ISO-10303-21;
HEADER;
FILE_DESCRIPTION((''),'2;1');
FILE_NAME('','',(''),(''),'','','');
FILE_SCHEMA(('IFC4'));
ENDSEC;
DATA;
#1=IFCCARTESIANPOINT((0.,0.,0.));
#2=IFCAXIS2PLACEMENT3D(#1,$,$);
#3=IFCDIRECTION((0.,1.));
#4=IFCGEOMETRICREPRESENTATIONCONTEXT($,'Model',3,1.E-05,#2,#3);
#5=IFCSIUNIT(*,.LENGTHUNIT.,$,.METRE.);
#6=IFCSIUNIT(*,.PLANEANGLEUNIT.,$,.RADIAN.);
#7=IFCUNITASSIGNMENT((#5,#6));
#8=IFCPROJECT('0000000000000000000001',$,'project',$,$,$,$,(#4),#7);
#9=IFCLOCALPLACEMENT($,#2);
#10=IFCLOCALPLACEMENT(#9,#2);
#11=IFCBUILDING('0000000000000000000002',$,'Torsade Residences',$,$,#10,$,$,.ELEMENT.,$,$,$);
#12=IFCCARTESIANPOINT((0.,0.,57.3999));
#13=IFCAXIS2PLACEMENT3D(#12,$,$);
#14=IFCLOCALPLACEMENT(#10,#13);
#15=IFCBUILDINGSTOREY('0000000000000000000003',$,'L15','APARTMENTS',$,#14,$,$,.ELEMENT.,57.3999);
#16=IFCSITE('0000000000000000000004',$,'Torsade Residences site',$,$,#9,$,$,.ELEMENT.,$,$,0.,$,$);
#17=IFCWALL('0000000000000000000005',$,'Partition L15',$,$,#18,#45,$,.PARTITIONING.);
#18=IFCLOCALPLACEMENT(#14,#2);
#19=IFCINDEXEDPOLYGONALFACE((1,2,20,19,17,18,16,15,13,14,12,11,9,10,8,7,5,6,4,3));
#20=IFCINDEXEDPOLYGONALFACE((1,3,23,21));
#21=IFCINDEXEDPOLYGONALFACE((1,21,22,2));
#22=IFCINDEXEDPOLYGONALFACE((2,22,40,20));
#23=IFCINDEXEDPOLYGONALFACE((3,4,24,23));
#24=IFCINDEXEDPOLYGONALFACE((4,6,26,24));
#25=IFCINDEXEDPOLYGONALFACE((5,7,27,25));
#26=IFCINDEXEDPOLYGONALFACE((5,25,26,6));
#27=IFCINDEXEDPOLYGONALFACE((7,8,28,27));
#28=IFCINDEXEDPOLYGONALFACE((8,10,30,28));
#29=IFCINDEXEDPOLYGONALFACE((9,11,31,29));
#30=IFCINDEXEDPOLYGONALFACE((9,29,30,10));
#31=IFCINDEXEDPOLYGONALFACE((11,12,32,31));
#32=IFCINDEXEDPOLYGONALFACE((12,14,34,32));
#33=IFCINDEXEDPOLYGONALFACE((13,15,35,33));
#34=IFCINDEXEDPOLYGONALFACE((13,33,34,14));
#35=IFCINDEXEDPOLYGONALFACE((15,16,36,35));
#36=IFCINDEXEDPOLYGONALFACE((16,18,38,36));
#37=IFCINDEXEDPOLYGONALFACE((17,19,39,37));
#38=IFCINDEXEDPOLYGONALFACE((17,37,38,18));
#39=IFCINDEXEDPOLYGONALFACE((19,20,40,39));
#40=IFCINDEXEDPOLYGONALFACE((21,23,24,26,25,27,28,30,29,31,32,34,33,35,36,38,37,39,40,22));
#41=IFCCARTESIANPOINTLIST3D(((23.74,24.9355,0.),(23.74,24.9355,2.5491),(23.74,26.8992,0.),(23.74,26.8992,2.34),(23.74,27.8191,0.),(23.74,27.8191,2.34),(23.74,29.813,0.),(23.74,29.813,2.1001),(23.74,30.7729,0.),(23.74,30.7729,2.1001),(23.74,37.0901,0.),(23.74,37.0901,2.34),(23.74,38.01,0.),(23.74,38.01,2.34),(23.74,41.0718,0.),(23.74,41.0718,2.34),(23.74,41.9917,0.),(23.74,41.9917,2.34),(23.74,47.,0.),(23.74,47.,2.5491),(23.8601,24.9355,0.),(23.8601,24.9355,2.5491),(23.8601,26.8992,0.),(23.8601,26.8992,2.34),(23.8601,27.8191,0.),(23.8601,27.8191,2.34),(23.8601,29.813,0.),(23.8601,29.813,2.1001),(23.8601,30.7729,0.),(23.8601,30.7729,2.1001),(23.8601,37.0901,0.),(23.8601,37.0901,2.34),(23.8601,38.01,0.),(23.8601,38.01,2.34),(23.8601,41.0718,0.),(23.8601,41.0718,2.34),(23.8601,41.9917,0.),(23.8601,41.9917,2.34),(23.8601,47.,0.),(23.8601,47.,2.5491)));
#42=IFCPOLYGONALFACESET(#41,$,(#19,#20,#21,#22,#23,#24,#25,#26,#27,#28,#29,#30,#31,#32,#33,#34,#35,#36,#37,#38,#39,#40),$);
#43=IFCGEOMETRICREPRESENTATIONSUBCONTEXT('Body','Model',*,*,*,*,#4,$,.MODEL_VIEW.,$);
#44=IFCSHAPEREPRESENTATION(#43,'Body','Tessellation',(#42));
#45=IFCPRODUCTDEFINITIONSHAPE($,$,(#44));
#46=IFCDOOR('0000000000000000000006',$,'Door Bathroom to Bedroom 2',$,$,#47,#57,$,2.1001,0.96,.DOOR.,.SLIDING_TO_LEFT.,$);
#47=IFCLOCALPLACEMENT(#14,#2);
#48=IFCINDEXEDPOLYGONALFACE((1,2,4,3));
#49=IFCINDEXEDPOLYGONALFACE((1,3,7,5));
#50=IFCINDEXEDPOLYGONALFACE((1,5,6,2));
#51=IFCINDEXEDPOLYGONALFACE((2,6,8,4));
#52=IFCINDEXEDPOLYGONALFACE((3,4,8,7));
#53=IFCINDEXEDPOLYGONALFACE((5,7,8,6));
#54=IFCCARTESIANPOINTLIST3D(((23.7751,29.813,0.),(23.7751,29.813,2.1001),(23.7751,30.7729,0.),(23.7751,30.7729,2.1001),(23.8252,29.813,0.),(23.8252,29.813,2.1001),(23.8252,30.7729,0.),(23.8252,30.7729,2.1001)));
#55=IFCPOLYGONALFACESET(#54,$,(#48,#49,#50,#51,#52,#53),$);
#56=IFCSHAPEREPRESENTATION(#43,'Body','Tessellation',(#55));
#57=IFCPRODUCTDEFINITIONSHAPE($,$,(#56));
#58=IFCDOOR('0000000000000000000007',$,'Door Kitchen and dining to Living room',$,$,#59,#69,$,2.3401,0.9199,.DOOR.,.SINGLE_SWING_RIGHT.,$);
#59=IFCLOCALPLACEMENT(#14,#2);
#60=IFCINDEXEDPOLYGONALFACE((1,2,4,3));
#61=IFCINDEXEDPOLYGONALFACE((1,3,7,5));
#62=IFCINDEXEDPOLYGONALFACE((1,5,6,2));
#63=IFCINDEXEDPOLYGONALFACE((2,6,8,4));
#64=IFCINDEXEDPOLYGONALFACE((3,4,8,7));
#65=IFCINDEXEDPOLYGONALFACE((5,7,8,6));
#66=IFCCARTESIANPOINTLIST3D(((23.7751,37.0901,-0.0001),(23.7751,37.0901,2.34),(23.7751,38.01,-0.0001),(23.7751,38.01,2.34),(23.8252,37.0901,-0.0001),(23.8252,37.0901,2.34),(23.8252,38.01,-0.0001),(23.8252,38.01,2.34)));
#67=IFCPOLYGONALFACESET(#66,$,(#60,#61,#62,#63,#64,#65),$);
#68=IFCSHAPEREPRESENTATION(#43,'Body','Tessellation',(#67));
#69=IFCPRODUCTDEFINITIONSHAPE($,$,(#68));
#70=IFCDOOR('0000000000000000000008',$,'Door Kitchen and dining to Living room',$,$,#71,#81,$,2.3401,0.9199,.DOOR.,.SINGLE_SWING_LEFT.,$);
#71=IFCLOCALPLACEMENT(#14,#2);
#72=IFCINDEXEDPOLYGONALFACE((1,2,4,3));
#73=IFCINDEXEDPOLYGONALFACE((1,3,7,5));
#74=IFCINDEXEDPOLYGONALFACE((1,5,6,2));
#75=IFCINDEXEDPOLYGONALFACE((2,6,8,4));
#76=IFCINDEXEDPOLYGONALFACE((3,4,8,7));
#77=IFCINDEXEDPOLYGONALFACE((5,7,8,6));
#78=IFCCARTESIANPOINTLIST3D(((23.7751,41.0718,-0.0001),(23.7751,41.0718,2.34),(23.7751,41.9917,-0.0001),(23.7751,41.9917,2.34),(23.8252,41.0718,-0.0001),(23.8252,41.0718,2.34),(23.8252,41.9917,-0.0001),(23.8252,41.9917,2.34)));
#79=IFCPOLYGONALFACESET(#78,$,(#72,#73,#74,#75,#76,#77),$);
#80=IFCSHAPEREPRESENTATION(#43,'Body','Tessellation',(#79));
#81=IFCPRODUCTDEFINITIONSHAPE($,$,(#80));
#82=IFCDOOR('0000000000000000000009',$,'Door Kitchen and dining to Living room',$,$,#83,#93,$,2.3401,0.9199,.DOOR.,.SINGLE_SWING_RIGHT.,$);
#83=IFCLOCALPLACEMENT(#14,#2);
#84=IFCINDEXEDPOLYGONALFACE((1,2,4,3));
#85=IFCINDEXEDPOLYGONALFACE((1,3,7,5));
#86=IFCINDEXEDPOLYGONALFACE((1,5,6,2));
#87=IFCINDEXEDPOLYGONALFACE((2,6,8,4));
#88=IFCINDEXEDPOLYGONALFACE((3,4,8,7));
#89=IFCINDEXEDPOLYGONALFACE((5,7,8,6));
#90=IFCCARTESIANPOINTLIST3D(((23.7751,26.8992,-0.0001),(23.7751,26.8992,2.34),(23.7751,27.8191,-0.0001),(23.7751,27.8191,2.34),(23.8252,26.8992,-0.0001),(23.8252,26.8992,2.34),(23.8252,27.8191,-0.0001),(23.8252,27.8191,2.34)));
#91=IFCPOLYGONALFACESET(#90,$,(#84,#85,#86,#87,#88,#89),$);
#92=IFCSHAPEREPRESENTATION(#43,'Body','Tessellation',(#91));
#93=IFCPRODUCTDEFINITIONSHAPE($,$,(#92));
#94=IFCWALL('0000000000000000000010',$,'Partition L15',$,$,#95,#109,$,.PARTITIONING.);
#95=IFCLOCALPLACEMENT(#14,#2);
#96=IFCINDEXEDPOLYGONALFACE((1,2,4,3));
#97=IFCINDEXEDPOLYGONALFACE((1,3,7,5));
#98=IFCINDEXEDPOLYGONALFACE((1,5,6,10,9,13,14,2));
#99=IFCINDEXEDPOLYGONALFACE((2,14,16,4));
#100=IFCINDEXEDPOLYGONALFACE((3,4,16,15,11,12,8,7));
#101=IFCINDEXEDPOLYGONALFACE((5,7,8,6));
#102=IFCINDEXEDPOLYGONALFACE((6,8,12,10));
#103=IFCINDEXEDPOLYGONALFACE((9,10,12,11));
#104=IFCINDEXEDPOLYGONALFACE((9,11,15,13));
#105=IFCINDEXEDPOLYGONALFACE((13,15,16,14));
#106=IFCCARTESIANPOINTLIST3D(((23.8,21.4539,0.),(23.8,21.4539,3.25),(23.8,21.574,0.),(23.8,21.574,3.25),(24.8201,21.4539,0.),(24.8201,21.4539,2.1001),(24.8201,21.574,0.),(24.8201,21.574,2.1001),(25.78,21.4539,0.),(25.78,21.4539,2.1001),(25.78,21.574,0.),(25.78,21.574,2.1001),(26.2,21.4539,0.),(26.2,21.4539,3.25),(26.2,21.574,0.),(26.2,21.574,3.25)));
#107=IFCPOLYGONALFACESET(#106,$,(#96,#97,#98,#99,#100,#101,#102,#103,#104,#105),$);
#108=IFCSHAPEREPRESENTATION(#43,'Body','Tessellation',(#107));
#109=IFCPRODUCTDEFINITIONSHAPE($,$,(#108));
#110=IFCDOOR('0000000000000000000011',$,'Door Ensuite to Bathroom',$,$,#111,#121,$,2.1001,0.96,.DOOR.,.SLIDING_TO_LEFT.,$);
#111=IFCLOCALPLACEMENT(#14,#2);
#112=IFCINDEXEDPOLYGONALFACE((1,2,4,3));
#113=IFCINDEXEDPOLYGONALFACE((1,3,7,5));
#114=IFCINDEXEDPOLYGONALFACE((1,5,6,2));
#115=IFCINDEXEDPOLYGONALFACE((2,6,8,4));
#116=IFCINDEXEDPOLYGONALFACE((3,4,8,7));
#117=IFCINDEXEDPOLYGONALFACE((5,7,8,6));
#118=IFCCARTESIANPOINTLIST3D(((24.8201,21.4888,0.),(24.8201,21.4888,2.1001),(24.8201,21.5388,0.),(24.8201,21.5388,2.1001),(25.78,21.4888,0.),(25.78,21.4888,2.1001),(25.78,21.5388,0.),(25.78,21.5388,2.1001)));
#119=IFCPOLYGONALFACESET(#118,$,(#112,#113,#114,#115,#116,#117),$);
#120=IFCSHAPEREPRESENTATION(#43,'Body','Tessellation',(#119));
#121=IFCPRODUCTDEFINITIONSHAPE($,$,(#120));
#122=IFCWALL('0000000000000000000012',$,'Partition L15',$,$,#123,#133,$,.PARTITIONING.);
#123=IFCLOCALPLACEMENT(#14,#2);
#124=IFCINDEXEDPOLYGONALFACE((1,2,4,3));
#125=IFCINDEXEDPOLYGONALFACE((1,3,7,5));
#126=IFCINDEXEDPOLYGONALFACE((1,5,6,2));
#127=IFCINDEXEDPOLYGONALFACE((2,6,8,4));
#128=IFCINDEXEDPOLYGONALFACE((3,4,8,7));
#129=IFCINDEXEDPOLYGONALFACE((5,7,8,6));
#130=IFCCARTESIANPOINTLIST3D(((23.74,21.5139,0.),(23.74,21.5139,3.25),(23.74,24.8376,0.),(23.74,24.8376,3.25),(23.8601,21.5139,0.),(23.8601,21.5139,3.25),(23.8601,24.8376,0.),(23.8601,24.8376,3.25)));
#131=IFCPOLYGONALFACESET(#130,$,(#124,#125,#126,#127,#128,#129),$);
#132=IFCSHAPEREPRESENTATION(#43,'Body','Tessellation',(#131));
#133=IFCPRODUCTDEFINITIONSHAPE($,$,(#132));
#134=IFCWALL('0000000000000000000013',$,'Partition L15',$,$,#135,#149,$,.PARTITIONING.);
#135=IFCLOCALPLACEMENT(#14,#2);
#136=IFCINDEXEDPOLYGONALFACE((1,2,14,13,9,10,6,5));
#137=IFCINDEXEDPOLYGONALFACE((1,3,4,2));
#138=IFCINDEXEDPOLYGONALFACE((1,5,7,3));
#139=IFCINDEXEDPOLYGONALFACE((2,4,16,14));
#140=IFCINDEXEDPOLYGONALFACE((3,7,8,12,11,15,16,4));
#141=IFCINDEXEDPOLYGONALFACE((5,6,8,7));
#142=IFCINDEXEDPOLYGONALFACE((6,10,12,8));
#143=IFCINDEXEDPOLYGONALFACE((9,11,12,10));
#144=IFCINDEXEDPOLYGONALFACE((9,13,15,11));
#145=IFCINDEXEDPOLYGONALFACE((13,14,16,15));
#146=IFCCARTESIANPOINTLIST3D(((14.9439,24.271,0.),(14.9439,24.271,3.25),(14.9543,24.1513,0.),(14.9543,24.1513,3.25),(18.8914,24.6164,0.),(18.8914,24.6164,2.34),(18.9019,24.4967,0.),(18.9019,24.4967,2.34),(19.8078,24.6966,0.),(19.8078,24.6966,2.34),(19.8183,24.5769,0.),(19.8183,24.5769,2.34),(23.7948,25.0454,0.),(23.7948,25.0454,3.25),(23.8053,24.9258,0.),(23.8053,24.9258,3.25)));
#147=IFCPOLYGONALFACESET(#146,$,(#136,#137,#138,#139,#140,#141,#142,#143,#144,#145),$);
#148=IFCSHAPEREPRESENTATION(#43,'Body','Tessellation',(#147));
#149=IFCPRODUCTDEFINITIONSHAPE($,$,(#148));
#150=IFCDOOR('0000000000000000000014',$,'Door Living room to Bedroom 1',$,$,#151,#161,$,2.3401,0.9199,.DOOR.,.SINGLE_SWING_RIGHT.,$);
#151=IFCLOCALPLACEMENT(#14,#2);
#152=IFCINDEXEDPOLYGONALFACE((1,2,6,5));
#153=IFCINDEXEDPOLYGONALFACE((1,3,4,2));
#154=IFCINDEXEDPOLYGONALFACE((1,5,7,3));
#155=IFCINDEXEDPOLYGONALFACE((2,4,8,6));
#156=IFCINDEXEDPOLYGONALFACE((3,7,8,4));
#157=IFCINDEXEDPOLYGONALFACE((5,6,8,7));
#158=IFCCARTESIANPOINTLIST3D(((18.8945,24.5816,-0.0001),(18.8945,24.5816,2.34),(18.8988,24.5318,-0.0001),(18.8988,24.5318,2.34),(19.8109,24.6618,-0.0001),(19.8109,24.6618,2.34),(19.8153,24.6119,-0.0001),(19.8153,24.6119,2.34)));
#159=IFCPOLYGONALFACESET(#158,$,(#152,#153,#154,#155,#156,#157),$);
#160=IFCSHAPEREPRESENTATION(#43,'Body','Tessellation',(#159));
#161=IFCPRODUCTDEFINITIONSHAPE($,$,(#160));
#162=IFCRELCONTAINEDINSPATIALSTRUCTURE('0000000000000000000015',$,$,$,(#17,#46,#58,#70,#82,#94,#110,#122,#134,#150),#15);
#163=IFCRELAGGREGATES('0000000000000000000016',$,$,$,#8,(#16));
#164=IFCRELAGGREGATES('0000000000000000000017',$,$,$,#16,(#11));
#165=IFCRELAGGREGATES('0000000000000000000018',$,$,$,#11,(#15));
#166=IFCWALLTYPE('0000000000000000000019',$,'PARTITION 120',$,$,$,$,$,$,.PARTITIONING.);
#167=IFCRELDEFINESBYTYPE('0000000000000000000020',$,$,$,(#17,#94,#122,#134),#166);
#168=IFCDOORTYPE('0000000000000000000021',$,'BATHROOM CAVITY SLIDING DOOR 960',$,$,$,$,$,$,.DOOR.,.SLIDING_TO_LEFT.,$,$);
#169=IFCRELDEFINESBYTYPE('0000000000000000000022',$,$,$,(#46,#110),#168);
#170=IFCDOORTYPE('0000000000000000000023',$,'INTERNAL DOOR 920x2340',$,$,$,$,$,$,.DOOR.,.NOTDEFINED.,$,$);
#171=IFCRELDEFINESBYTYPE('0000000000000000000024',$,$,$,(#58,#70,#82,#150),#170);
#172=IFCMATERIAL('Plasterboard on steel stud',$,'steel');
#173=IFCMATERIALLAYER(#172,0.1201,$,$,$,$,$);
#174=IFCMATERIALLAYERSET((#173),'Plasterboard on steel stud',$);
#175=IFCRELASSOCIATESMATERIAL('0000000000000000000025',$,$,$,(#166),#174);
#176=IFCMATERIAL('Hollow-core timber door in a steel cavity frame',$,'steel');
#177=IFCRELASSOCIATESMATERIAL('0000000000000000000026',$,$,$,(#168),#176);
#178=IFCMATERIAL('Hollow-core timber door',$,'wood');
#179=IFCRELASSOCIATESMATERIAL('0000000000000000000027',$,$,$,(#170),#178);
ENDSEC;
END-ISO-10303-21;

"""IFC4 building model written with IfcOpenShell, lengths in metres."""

from ifc_helpers import new_model, si_unit, direction, frame, frame_2d, origin, place, context, subcontext, project, spatial, rectangle, extrude, material, layer, layer_set, type_object, element, fill, save


model = new_model("IFC4")

# Units and contexts
model_context = context("Model", 3, precision=1e-05, world=origin(), true_north=direction((0.0, 1.0)))
body_context = subcontext(model_context, "Body", "Model", "MODEL_VIEW")
ifc_project = project(units=[si_unit("LENGTHUNIT", "METRE"), si_unit("PLANEANGLEUNIT", "RADIAN")], contexts=[model_context])

# Site, building, storey
site_placement = place(None, origin())
site = spatial("IfcSite", under=ifc_project, at=site_placement, Name="Torsade Residences site", CompositionType="ELEMENT", RefElevation=0.0)
building_placement = place(site_placement, origin())
building = spatial("IfcBuilding", under=site, at=building_placement, Name="Torsade Residences", CompositionType="ELEMENT")
storey_placement = place(building_placement, frame((0.0, 0.0, 57.3999)))
storey = spatial("IfcBuildingStorey", under=building, at=storey_placement, Name="L15", Description="APARTMENTS", CompositionType="ELEMENT", Elevation=57.3999)

# Shared definitions
ifc_material_1 = material(Name="Plasterboard on steel stud", Category="steel")
ifc_layer_1 = layer(ifc_material_1, 0.1201)
ifc_layer_set_1 = layer_set([ifc_layer_1], Name="Plasterboard on steel stud")
wall_type_1 = type_object("IfcWallType", Name="PARTITION 120", PredefinedType="PARTITIONING", material=ifc_layer_set_1)
ifc_material_2 = material(Name="Hollow-core timber door in a steel cavity frame", Category="steel")
door_type_1 = type_object("IfcDoorType", Name="BATHROOM CAVITY SLIDING DOOR 960", OperationType="SLIDING_TO_LEFT", PredefinedType="DOOR", material=ifc_material_2)

# Wall, openings, doors
wall_1_placement = place(storey_placement, frame((23.8, 24.9355, 0.0), z_axis=(0.0, 0.0, 1.0), x_axis=(0.0, 1.0, 0.0)))
wall_1 = element("IfcWall", 1, at=wall_1_placement, inside=storey, type_object=wall_type_1, Name="Partition L15", PredefinedType="PARTITIONING", context=body_context, shape_type="SweptSolid", body=[
    extrude(rectangle(XDim=22.0645, YDim=0.1201, at=frame_2d((11.0322, 0.0))), origin(), (0.0, 0.0, 1.0), 2.5491),
])
opening_1_placement = place(wall_1_placement, frame((12.1545, 0.0, 0.0)))
opening_1 = element("IfcOpeningElement", 2, at=opening_1_placement, cuts=wall_1, PredefinedType="OPENING", context=body_context, shape_type="SweptSolid", body=[
    extrude(rectangle(XDim=0.9199, YDim=2.3401, at=frame_2d((0.46, 1.1699))), frame((0.0, 0.0701, 0.0), z_axis=(0.0, -1.0, 0.0), x_axis=(1.0, 0.0, 0.0)), (0.0, 0.0, 1.0), 0.1401),
])
opening_2_placement = place(wall_1_placement, frame((16.1362, 0.0, 0.0)))
opening_2 = element("IfcOpeningElement", 3, at=opening_2_placement, cuts=wall_1, PredefinedType="OPENING", context=body_context, shape_type="SweptSolid", body=[
    extrude(rectangle(XDim=0.9199, YDim=2.3401, at=frame_2d((0.46, 1.1699))), frame((0.0, 0.0701, 0.0), z_axis=(0.0, -1.0, 0.0), x_axis=(1.0, 0.0, 0.0)), (0.0, 0.0, 1.0), 0.1401),
])
opening_3_placement = place(wall_1_placement, frame((1.9636, 0.0, 0.0)))
opening_3 = element("IfcOpeningElement", 4, at=opening_3_placement, cuts=wall_1, PredefinedType="OPENING", context=body_context, shape_type="SweptSolid", body=[
    extrude(rectangle(XDim=0.9199, YDim=2.3401, at=frame_2d((0.46, 1.1699))), frame((0.0, 0.0701, 0.0), z_axis=(0.0, -1.0, 0.0), x_axis=(1.0, 0.0, 0.0)), (0.0, 0.0, 1.0), 0.1401),
])
opening_4_placement = place(wall_1_placement, frame((4.8774, 0.0, 0.0)))
opening_4 = element("IfcOpeningElement", 5, at=opening_4_placement, cuts=wall_1, PredefinedType="OPENING", context=body_context, shape_type="SweptSolid", body=[
    extrude(rectangle(XDim=0.96, YDim=2.1001, at=frame_2d((0.48, 1.05))), frame((0.0, 0.0701, 0.0), z_axis=(0.0, -1.0, 0.0), x_axis=(1.0, 0.0, 0.0)), (0.0, 0.0, 1.0), 0.1401),
])
door_1_placement = place(opening_4_placement, origin())
door_1 = element("IfcDoor", 6, at=door_1_placement, inside=storey, type_object=door_type_1, Name="Door Bathroom to Bedroom 2", OperationType="SLIDING_TO_LEFT", OverallHeight=2.1001, OverallWidth=0.96, PredefinedType="DOOR", context=body_context, shape_type="SweptSolid", body=[
    extrude(rectangle(XDim=0.96, YDim=2.1001, at=frame_2d((0.48, 1.05))), frame((0.0, 0.0249, 0.0), z_axis=(0.0, -1.0, 0.0), x_axis=(1.0, 0.0, 0.0)), (0.0, 0.0, 1.0), 0.05),
])
fill(opening_4, door_1)
ifc_material_3 = material(Name="Hollow-core timber door", Category="wood")
door_type_2 = type_object("IfcDoorType", Name="INTERNAL DOOR 920x2340", OperationType="NOTDEFINED", PredefinedType="DOOR", material=ifc_material_3)
door_2_placement = place(opening_1_placement, origin())
door_2 = element("IfcDoor", 7, at=door_2_placement, inside=storey, type_object=door_type_2, Name="Door Kitchen and dining to Living room", OperationType="SINGLE_SWING_RIGHT", OverallHeight=2.3401, OverallWidth=0.9199, PredefinedType="DOOR", context=body_context, shape_type="SweptSolid", body=[
    extrude(rectangle(XDim=0.9199, YDim=2.3401, at=frame_2d((0.46, 1.1699))), frame((0.0, 0.0249, 0.0), z_axis=(0.0, -1.0, 0.0), x_axis=(1.0, 0.0, 0.0)), (0.0, 0.0, 1.0), 0.05),
])
fill(opening_1, door_2)
door_3_placement = place(opening_2_placement, origin())
door_3 = element("IfcDoor", 8, at=door_3_placement, inside=storey, type_object=door_type_2, Name="Door Kitchen and dining to Living room", OperationType="SINGLE_SWING_LEFT", OverallHeight=2.3401, OverallWidth=0.9199, PredefinedType="DOOR", context=body_context, shape_type="SweptSolid", body=[
    extrude(rectangle(XDim=0.9199, YDim=2.3401, at=frame_2d((0.46, 1.1699))), frame((0.0, 0.0249, 0.0), z_axis=(0.0, -1.0, 0.0), x_axis=(1.0, 0.0, 0.0)), (0.0, 0.0, 1.0), 0.05),
])
fill(opening_2, door_3)
door_4_placement = place(opening_3_placement, origin())
door_4 = element("IfcDoor", 9, at=door_4_placement, inside=storey, type_object=door_type_2, Name="Door Kitchen and dining to Living room", OperationType="SINGLE_SWING_RIGHT", OverallHeight=2.3401, OverallWidth=0.9199, PredefinedType="DOOR", context=body_context, shape_type="SweptSolid", body=[
    extrude(rectangle(XDim=0.9199, YDim=2.3401, at=frame_2d((0.46, 1.1699))), frame((0.0, 0.0249, 0.0), z_axis=(0.0, -1.0, 0.0), x_axis=(1.0, 0.0, 0.0)), (0.0, 0.0, 1.0), 0.05),
])
fill(opening_3, door_4)

# Wall, opening, door
wall_2_placement = place(storey_placement, frame((23.8, 21.5139, 0.0), z_axis=(0.0, 0.0, 1.0), x_axis=(1.0, 0.0, 0.0)))
wall_2 = element("IfcWall", 10, at=wall_2_placement, inside=storey, type_object=wall_type_1, Name="Partition L15", PredefinedType="PARTITIONING", context=body_context, shape_type="SweptSolid", body=[
    extrude(rectangle(XDim=2.3999, YDim=0.1201, at=frame_2d((1.2, 0.0))), origin(), (0.0, 0.0, 1.0), 3.25),
])
opening_5_placement = place(wall_2_placement, frame((1.02, 0.0, 0.0)))
opening_5 = element("IfcOpeningElement", 11, at=opening_5_placement, cuts=wall_2, PredefinedType="OPENING", context=body_context, shape_type="SweptSolid", body=[
    extrude(rectangle(XDim=0.96, YDim=2.1001, at=frame_2d((0.48, 1.05))), frame((0.0, 0.0701, 0.0), z_axis=(0.0, -1.0, 0.0), x_axis=(1.0, 0.0, 0.0)), (0.0, 0.0, 1.0), 0.1401),
])
door_5_placement = place(opening_5_placement, origin())
door_5 = element("IfcDoor", 12, at=door_5_placement, inside=storey, type_object=door_type_1, Name="Door Ensuite to Bathroom", OperationType="SLIDING_TO_LEFT", OverallHeight=2.1001, OverallWidth=0.96, PredefinedType="DOOR", context=body_context, shape_type="SweptSolid", body=[
    extrude(rectangle(XDim=0.96, YDim=2.1001, at=frame_2d((0.48, 1.05))), frame((0.0, 0.0249, 0.0), z_axis=(0.0, -1.0, 0.0), x_axis=(1.0, 0.0, 0.0)), (0.0, 0.0, 1.0), 0.05),
])
fill(opening_5, door_5)

# Wall
wall_3_placement = place(storey_placement, frame((23.8, 21.5139, 0.0), z_axis=(0.0, 0.0, 1.0), x_axis=(0.0, 1.0, 0.0)))
element("IfcWall", 13, at=wall_3_placement, inside=storey, type_object=wall_type_1, Name="Partition L15", PredefinedType="PARTITIONING", context=body_context, shape_type="SweptSolid", body=[
    extrude(rectangle(XDim=3.3237, YDim=0.1201, at=frame_2d((1.6619, 0.0))), origin(), (0.0, 0.0, 1.0), 3.25),
])

# Wall, opening, door
wall_4_placement = place(storey_placement, frame((23.8, 24.9856, 0.0), z_axis=(0.0, 0.0, 1.0), x_axis=(-0.996194, -0.087163, 0.0)))
wall_4 = element("IfcWall", 14, at=wall_4_placement, inside=storey, type_object=wall_type_1, Name="Partition L15", PredefinedType="PARTITIONING", context=body_context, shape_type="SweptSolid", body=[
    extrude(rectangle(XDim=8.8848, YDim=0.1201, at=frame_2d((4.4424, 0.0))), origin(), (0.0, 0.0, 1.0), 3.25),
])
opening_6_placement = place(wall_4_placement, frame((4.0022, 0.0, 0.0)))
opening_6 = element("IfcOpeningElement", 15, at=opening_6_placement, cuts=wall_4, PredefinedType="OPENING", context=body_context, shape_type="SweptSolid", body=[
    extrude(rectangle(XDim=0.9199, YDim=2.3401, at=frame_2d((0.46, 1.1699))), frame((0.0, 0.0701, 0.0), z_axis=(0.0, -1.0, 0.0), x_axis=(1.0, 0.0, 0.0)), (0.0, 0.0, 1.0), 0.1401),
])
door_6_placement = place(opening_6_placement, origin())
door_6 = element("IfcDoor", 16, at=door_6_placement, inside=storey, type_object=door_type_2, Name="Door Living room to Bedroom 1", OperationType="SINGLE_SWING_RIGHT", OverallHeight=2.3401, OverallWidth=0.9199, PredefinedType="DOOR", context=body_context, shape_type="SweptSolid", body=[
    extrude(rectangle(XDim=0.9199, YDim=2.3401, at=frame_2d((0.46, 1.1699))), frame((0.0, 0.0249, 0.0), z_axis=(0.0, -1.0, 0.0), x_axis=(1.0, 0.0, 0.0)), (0.0, 0.0, 1.0), 0.05),
])
fill(opening_6, door_6)

save(model, "model.ifc")
